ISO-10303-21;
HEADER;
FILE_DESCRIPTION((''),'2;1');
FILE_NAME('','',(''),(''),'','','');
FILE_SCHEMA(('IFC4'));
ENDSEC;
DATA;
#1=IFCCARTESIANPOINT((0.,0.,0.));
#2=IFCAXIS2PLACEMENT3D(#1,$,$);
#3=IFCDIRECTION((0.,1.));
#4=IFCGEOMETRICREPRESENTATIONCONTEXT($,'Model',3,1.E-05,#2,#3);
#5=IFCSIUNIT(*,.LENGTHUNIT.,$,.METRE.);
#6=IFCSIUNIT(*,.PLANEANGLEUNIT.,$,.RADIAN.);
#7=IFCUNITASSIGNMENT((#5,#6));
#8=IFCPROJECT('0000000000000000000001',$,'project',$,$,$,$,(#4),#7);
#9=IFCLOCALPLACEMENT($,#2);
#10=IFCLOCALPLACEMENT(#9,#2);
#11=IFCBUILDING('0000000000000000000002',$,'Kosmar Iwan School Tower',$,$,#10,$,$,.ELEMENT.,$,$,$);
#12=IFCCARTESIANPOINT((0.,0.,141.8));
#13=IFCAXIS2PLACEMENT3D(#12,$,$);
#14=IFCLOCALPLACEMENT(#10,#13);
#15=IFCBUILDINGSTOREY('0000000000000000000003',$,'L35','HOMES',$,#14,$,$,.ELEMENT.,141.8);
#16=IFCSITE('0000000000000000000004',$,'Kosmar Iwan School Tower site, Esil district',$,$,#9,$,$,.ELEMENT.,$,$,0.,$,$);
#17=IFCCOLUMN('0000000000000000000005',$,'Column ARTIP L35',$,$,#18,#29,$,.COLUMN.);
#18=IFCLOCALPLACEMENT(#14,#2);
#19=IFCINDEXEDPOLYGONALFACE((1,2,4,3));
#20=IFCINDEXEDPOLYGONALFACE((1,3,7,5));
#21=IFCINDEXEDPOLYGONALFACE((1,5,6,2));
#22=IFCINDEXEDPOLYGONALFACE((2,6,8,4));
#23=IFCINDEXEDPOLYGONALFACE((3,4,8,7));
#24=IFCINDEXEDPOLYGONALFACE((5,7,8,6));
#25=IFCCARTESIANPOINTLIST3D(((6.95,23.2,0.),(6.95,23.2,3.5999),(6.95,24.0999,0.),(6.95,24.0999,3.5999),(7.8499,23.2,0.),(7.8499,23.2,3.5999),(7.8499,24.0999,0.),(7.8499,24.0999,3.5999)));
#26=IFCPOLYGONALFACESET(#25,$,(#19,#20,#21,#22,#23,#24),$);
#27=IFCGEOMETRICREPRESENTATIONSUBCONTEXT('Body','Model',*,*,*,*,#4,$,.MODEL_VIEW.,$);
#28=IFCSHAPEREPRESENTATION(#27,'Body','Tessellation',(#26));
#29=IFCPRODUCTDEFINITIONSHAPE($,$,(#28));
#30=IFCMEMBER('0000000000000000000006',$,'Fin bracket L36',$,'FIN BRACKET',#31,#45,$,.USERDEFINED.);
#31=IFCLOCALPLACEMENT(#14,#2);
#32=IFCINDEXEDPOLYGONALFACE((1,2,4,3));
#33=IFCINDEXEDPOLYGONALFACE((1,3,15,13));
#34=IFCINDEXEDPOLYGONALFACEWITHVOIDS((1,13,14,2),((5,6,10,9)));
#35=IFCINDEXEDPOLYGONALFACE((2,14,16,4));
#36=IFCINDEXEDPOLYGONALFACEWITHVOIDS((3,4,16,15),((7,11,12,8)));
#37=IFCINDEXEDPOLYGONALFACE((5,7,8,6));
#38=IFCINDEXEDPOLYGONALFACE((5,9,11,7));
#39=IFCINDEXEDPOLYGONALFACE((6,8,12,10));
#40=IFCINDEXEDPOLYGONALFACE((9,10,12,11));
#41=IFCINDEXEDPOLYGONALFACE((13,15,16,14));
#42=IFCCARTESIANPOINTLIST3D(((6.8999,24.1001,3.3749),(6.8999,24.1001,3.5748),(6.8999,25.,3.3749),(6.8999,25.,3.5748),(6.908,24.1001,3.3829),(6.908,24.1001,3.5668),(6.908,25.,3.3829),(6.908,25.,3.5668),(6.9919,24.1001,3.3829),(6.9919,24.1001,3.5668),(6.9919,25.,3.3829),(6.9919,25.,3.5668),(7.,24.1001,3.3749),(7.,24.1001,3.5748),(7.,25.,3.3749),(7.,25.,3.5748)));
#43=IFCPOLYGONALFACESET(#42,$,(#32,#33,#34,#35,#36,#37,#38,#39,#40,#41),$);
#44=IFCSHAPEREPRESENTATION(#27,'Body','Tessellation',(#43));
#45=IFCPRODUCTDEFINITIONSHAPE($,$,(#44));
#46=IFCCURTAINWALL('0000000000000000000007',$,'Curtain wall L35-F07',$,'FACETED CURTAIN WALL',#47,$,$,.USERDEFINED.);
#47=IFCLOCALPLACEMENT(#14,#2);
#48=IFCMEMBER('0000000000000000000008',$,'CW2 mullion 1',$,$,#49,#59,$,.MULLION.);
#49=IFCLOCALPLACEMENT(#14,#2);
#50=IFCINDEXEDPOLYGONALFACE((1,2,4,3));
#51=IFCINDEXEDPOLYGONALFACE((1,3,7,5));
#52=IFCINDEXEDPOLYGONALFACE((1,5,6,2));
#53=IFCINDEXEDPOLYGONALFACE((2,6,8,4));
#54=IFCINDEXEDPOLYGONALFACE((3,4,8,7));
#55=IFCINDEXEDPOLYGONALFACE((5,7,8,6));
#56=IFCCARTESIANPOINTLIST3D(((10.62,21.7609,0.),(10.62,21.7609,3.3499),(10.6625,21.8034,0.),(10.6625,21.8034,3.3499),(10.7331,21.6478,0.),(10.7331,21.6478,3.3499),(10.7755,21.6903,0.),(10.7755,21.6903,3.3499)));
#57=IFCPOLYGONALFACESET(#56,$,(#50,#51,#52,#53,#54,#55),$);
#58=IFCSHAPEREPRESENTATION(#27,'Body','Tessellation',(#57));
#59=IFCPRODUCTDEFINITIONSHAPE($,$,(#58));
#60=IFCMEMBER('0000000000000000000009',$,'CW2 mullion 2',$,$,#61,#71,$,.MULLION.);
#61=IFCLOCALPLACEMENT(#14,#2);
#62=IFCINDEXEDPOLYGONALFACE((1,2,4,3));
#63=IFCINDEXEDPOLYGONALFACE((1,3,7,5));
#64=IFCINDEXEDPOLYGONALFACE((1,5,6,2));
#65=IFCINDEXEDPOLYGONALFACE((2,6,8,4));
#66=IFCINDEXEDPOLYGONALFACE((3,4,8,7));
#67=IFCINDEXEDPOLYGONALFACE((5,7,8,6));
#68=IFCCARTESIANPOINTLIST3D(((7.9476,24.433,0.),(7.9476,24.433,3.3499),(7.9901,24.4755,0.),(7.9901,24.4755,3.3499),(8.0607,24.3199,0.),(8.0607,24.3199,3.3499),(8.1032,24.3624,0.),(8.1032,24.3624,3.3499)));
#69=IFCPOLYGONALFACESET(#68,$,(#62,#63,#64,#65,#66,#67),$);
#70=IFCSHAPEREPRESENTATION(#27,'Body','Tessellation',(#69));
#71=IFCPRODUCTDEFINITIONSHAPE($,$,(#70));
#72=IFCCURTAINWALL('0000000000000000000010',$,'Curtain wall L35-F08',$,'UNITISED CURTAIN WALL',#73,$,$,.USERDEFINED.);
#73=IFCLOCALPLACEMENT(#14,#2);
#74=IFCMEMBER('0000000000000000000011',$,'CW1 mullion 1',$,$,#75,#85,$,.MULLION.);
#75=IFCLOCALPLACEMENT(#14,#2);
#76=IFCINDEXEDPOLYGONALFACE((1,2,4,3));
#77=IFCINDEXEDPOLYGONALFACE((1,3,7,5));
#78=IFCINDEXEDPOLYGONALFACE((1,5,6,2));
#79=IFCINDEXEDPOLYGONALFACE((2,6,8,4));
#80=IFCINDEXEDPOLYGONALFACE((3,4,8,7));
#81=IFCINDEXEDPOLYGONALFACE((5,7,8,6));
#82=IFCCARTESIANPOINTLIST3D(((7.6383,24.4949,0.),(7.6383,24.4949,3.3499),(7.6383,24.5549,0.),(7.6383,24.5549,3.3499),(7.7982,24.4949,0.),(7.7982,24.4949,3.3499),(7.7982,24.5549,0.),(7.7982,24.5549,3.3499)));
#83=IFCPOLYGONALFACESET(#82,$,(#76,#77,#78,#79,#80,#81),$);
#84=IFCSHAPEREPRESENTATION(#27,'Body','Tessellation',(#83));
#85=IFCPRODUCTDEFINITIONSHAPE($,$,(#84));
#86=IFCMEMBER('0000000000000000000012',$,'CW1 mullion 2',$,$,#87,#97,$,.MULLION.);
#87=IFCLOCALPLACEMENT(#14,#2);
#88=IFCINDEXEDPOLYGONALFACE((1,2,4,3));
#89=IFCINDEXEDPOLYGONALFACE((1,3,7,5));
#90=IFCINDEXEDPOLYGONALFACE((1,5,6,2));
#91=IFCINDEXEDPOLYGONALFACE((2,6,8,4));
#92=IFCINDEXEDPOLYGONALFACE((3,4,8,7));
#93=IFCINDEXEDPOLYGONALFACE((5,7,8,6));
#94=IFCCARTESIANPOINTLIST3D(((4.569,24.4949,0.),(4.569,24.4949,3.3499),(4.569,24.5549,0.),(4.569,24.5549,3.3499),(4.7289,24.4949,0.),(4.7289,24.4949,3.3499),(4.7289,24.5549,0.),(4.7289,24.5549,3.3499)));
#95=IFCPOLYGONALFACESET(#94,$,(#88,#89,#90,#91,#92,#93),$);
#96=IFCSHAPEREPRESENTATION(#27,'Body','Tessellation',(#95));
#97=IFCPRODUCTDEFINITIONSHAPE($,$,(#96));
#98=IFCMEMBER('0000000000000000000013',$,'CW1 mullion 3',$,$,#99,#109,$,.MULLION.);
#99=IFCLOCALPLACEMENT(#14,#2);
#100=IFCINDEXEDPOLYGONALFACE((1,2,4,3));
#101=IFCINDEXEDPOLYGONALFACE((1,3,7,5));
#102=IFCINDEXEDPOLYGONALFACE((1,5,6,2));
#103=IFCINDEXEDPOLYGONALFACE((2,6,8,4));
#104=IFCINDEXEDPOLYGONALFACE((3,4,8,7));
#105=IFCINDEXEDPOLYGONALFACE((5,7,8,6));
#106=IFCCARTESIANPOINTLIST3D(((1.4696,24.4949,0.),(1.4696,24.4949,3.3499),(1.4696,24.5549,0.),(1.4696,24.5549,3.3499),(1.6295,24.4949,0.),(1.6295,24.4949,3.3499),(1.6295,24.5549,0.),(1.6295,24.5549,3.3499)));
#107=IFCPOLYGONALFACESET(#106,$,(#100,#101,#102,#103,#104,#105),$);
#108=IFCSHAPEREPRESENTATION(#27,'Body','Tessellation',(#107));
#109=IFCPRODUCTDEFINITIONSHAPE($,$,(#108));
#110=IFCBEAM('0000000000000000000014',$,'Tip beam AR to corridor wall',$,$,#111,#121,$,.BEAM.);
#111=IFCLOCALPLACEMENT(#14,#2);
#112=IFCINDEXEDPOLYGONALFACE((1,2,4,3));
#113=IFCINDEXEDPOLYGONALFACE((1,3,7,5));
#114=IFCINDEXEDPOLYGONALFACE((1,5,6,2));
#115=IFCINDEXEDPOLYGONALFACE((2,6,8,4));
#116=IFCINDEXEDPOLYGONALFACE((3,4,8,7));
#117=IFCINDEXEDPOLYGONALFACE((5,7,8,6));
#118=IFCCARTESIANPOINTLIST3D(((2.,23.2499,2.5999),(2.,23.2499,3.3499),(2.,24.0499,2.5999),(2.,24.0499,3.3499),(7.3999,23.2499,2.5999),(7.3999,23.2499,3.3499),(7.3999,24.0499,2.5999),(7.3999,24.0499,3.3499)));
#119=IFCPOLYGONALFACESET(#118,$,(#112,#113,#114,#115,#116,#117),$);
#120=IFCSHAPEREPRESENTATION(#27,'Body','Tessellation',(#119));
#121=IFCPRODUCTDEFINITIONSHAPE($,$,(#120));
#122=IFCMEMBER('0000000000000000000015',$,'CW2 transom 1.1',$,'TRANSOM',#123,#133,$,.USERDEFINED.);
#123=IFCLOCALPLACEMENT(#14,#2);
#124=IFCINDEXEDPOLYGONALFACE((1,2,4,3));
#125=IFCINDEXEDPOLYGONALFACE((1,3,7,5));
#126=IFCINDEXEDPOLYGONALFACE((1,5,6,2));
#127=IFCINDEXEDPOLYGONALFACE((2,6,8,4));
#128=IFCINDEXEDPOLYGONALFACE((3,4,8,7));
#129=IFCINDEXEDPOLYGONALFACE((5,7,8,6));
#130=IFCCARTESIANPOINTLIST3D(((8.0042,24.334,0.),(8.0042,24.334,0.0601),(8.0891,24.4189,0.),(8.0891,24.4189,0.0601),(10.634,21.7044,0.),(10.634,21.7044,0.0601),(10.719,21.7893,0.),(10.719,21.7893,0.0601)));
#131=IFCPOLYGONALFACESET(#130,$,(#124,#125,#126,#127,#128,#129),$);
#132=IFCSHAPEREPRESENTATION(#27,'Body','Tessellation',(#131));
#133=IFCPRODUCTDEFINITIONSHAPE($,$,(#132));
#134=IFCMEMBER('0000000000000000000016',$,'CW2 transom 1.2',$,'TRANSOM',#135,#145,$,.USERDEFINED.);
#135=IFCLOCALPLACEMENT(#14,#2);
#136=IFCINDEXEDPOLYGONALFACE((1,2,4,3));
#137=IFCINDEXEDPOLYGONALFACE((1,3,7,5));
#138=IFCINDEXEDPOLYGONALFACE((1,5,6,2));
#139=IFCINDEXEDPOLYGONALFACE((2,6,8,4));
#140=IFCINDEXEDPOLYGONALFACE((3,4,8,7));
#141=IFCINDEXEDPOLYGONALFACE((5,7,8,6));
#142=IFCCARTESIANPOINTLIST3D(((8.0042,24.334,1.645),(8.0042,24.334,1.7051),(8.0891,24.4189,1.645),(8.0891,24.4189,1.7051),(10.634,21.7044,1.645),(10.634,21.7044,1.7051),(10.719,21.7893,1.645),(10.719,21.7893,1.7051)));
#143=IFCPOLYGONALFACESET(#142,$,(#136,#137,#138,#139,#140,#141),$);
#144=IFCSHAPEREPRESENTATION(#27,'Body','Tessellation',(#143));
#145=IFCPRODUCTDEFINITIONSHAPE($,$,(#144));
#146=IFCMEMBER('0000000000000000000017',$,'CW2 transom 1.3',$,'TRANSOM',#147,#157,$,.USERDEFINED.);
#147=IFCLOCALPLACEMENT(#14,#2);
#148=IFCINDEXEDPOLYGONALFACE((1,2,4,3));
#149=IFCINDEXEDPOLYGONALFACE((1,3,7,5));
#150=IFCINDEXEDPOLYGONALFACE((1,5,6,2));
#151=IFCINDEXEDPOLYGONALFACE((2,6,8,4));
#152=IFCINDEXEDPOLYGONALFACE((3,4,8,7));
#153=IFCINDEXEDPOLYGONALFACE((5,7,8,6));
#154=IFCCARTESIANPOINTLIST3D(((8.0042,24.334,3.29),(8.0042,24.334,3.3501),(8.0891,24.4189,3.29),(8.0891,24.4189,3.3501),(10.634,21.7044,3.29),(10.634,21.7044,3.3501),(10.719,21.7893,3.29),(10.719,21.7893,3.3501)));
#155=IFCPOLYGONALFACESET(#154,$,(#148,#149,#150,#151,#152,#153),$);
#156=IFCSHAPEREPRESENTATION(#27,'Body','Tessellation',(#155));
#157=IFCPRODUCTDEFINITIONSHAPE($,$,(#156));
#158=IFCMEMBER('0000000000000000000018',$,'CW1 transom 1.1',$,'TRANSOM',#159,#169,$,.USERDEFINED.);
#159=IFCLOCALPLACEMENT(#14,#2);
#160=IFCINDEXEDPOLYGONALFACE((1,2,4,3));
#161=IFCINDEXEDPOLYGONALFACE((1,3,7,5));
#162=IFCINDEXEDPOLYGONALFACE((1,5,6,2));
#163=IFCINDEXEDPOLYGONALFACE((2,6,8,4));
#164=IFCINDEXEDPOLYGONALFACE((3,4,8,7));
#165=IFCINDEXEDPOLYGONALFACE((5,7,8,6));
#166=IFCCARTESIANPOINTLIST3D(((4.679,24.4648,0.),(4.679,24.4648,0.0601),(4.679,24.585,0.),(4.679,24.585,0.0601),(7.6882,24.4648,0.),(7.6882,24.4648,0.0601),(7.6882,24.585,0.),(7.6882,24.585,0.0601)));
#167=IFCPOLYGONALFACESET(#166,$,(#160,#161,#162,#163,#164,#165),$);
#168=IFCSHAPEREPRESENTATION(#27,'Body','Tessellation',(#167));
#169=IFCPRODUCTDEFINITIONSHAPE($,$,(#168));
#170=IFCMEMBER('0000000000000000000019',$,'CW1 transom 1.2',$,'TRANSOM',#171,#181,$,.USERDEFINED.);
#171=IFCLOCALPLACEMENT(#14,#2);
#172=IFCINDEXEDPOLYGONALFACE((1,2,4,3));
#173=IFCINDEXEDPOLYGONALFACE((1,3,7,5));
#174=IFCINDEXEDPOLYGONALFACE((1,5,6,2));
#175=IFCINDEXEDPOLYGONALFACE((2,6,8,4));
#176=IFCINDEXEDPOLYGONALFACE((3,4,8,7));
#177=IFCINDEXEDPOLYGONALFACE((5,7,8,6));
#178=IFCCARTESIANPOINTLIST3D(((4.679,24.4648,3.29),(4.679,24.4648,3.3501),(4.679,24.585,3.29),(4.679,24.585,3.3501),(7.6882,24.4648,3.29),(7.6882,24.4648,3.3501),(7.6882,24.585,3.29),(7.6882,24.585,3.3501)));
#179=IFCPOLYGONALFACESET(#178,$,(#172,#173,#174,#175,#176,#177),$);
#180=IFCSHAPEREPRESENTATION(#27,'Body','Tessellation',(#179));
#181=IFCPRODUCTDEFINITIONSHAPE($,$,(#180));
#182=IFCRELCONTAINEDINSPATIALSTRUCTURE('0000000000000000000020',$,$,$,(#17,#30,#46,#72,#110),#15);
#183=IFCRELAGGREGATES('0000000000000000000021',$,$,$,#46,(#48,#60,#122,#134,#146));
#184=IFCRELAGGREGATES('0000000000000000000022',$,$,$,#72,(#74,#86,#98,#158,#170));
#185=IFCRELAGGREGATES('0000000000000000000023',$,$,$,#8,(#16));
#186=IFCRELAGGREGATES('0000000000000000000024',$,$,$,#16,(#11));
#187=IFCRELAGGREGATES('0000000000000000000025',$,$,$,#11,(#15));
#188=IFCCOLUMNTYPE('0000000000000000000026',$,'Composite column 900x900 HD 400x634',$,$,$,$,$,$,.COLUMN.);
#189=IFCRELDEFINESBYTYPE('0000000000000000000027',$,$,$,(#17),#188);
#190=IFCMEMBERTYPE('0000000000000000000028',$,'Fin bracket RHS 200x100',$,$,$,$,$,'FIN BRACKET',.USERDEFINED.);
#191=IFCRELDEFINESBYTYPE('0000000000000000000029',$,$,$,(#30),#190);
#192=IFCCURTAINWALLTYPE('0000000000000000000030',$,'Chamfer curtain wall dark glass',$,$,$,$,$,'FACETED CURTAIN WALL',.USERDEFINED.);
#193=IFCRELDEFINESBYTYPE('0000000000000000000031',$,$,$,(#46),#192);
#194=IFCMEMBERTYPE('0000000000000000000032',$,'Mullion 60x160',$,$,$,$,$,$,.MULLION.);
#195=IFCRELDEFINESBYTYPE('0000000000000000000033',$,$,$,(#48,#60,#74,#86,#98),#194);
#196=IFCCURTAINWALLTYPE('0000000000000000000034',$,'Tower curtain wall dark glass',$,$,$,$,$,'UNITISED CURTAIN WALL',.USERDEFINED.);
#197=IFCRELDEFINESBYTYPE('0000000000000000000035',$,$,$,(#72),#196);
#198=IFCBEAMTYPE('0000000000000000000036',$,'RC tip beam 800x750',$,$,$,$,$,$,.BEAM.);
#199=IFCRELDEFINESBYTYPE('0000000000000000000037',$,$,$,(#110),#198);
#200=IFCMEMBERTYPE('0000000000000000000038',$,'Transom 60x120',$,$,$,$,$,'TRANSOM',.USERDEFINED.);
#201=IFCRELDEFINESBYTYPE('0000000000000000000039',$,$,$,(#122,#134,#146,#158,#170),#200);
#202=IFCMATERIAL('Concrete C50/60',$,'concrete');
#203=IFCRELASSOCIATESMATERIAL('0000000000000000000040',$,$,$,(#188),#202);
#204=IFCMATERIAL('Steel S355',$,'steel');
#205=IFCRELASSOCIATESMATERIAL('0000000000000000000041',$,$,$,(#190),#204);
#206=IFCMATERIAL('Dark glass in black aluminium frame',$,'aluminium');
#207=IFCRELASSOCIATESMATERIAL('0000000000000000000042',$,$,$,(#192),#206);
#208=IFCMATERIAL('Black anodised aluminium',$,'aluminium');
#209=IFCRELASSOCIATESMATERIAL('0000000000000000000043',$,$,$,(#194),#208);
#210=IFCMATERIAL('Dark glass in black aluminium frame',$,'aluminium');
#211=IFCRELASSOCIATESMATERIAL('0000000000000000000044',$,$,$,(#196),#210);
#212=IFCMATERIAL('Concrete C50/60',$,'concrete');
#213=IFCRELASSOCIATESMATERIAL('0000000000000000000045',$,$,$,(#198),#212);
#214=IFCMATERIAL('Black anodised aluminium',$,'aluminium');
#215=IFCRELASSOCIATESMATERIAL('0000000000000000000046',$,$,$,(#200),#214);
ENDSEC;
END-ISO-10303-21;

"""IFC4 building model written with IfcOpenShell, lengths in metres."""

from ifc_helpers import new_model, si_unit, direction, frame, origin, origin_2d, place, context, subcontext, project, spatial, rectangle, hollow_rectangle, extrude, material, material_profile, profile_set, type_object, element, aggregate, save


model = new_model("IFC4")

# Units and contexts
model_context = context("Model", 3, precision=1e-05, world=origin(), true_north=direction((0.0, 1.0)))
body_context = subcontext(model_context, "Body", "Model", "MODEL_VIEW")
ifc_project = project(units=[si_unit("LENGTHUNIT", "METRE"), si_unit("PLANEANGLEUNIT", "RADIAN")], contexts=[model_context])

# Site, building, storey
site_placement = place(None, origin())
site = spatial("IfcSite", under=ifc_project, at=site_placement, Name="Kosmar Iwan School Tower site, Esil district", CompositionType="ELEMENT", RefElevation=0.0)
building_placement = place(site_placement, origin())
building = spatial("IfcBuilding", under=site, at=building_placement, Name="Kosmar Iwan School Tower", CompositionType="ELEMENT")
storey_placement = place(building_placement, frame((0.0, 0.0, 141.8)))
storey = spatial("IfcBuildingStorey", under=building, at=storey_placement, Name="L35", Description="HOMES", CompositionType="ELEMENT", Elevation=141.8)

# Column
ifc_material_1 = material(Name="Concrete C50/60", Category="concrete")
ifc_material_profile_1 = material_profile(ifc_material_1, rectangle(XDim=0.8999, YDim=0.8999, at=origin_2d()), Name="RC 900x900 + HD 400x634")
ifc_profile_set_1 = profile_set([ifc_material_profile_1], Name="Concrete C50/60")
column_type = type_object("IfcColumnType", Name="Composite column 900x900 HD 400x634", PredefinedType="COLUMN", material=ifc_profile_set_1)
column_placement = place(storey_placement, frame((7.3999, 23.6499, 0.0), z_axis=(0.0, 0.0, 1.0), x_axis=(0.0, 1.0, 0.0)))
element("IfcColumn", 1, at=column_placement, inside=storey, type_object=column_type, Name="Column ARTIP L35", PredefinedType="COLUMN", context=body_context, shape_type="SweptSolid", body=[
    extrude(rectangle(XDim=0.8999, YDim=0.8999, at=origin_2d()), origin(), (0.0, 0.0, 1.0), 3.5999),
])

# Member
ifc_material_2 = material(Name="Steel S355", Category="steel")
ifc_material_profile_2 = material_profile(ifc_material_2, hollow_rectangle(XDim=0.1001, YDim=0.2, WallThickness=0.0081, at=origin_2d()), Name="RHS 200x100x8")
ifc_profile_set_2 = profile_set([ifc_material_profile_2], Name="Steel S355")
member_type_1 = type_object("IfcMemberType", Name="Fin bracket RHS 200x100", ElementType="FIN BRACKET", PredefinedType="USERDEFINED", material=ifc_profile_set_2)
member_1_placement = place(storey_placement, frame((6.95, 24.1001, 3.4749), z_axis=(0.0, 1.0, 0.0), x_axis=(-1.0, 0.0, 0.0)))
element("IfcMember", 2, at=member_1_placement, inside=storey, type_object=member_type_1, Name="Fin bracket L36", ObjectType="FIN BRACKET", PredefinedType="USERDEFINED", context=body_context, shape_type="SweptSolid", body=[
    extrude(hollow_rectangle(XDim=0.1001, YDim=0.2, WallThickness=0.0081, at=origin_2d()), origin(), (0.0, 0.0, 1.0), 0.8999),
])

# Curtain walls, members
ifc_material_3 = material(Name="Dark glass in black aluminium frame", Category="aluminium")
curtain_wall_type_1 = type_object("IfcCurtainWallType", Name="Chamfer curtain wall dark glass", ElementType="FACETED CURTAIN WALL", PredefinedType="USERDEFINED", material=ifc_material_3)
curtain_wall_1_placement = place(storey_placement, origin())
curtain_wall_1 = element("IfcCurtainWall", 3, at=curtain_wall_1_placement, inside=storey, type_object=curtain_wall_type_1, Name="Curtain wall L35-F07", ObjectType="FACETED CURTAIN WALL", PredefinedType="USERDEFINED")
ifc_material_4 = material(Name="Black anodised aluminium", Category="aluminium")
ifc_material_profile_3 = material_profile(ifc_material_4, rectangle(XDim=0.0601, YDim=0.1599, at=origin_2d()), Name="MULLION 60x160")
ifc_profile_set_3 = profile_set([ifc_material_profile_3], Name="Black anodised aluminium")
member_type_2 = type_object("IfcMemberType", Name="Mullion 60x160", PredefinedType="MULLION", material=ifc_profile_set_3)
member_2_placement = place(storey_placement, frame((10.6978, 21.7256, 0.0), z_axis=(0.0, 0.0, 1.0), x_axis=(-0.707107, -0.707107, 0.0)))
member_2 = element("IfcMember", 4, at=member_2_placement, type_object=member_type_2, Name="CW2 mullion 1", PredefinedType="MULLION", context=body_context, shape_type="SweptSolid", body=[
    extrude(rectangle(XDim=0.0601, YDim=0.1599, at=origin_2d()), origin(), (0.0, 0.0, 1.0), 3.3499),
])
member_3_placement = place(storey_placement, frame((8.0254, 24.3977, 0.0), z_axis=(0.0, 0.0, 1.0), x_axis=(-0.707107, -0.707107, 0.0)))
member_3 = element("IfcMember", 5, at=member_3_placement, type_object=member_type_2, Name="CW2 mullion 2", PredefinedType="MULLION", context=body_context, shape_type="SweptSolid", body=[
    extrude(rectangle(XDim=0.0601, YDim=0.1599, at=origin_2d()), origin(), (0.0, 0.0, 1.0), 3.3499),
])
ifc_material_5 = material(Name="Dark glass in black aluminium frame", Category="aluminium")
curtain_wall_type_2 = type_object("IfcCurtainWallType", Name="Tower curtain wall dark glass", ElementType="UNITISED CURTAIN WALL", PredefinedType="USERDEFINED", material=ifc_material_5)
curtain_wall_2_placement = place(storey_placement, origin())
curtain_wall_2 = element("IfcCurtainWall", 6, at=curtain_wall_2_placement, inside=storey, type_object=curtain_wall_type_2, Name="Curtain wall L35-F08", ObjectType="UNITISED CURTAIN WALL", PredefinedType="USERDEFINED")
member_4_placement = place(storey_placement, frame((7.7183, 24.5249, 0.0), z_axis=(0.0, 0.0, 1.0), x_axis=(0.0, -1.0, 0.0)))
member_4 = element("IfcMember", 7, at=member_4_placement, type_object=member_type_2, Name="CW1 mullion 1", PredefinedType="MULLION", context=body_context, shape_type="SweptSolid", body=[
    extrude(rectangle(XDim=0.0601, YDim=0.1599, at=origin_2d()), origin(), (0.0, 0.0, 1.0), 3.3499),
])
member_5_placement = place(storey_placement, frame((4.6489, 24.5249, 0.0), z_axis=(0.0, 0.0, 1.0), x_axis=(0.0, -1.0, 0.0)))
member_5 = element("IfcMember", 8, at=member_5_placement, type_object=member_type_2, Name="CW1 mullion 2", PredefinedType="MULLION", context=body_context, shape_type="SweptSolid", body=[
    extrude(rectangle(XDim=0.0601, YDim=0.1599, at=origin_2d()), origin(), (0.0, 0.0, 1.0), 3.3499),
])
member_6_placement = place(storey_placement, frame((1.5496, 24.5249, 0.0), z_axis=(0.0, 0.0, 1.0), x_axis=(0.0, -1.0, 0.0)))
member_6 = element("IfcMember", 9, at=member_6_placement, type_object=member_type_2, Name="CW1 mullion 3", PredefinedType="MULLION", context=body_context, shape_type="SweptSolid", body=[
    extrude(rectangle(XDim=0.0601, YDim=0.1599, at=origin_2d()), origin(), (0.0, 0.0, 1.0), 3.3499),
])

# Beam
ifc_material_6 = material(Name="Concrete C50/60", Category="concrete")
ifc_material_profile_4 = material_profile(ifc_material_6, rectangle(XDim=0.8, YDim=0.75, at=origin_2d()), Name="RC 800x750")
ifc_profile_set_4 = profile_set([ifc_material_profile_4], Name="Concrete C50/60")
beam_type = type_object("IfcBeamType", Name="RC tip beam 800x750", PredefinedType="BEAM", material=ifc_profile_set_4)
beam_placement = place(storey_placement, frame((7.3999, 23.6499, 2.9749), z_axis=(-1.0, 0.0, 0.0), x_axis=(0.0, -1.0, 0.0)))
element("IfcBeam", 10, at=beam_placement, inside=storey, type_object=beam_type, Name="Tip beam AR to corridor wall", PredefinedType="BEAM", context=body_context, shape_type="SweptSolid", body=[
    extrude(rectangle(XDim=0.8, YDim=0.75, at=origin_2d()), origin(), (0.0, 0.0, 1.0), 5.3999),
])

# Members
ifc_material_7 = material(Name="Black anodised aluminium", Category="aluminium")
ifc_material_profile_5 = material_profile(ifc_material_7, rectangle(XDim=0.1201, YDim=0.0601, at=origin_2d()), Name="TRANSOM 60x120")
ifc_profile_set_5 = profile_set([ifc_material_profile_5], Name="Black anodised aluminium")
member_type_3 = type_object("IfcMemberType", Name="Transom 60x120", ElementType="TRANSOM", PredefinedType="USERDEFINED", material=ifc_profile_set_5)
member_7_placement = place(storey_placement, frame((10.6765, 21.7468, 0.03), z_axis=(-0.70714, 0.707074, 0.0), x_axis=(-0.707074, -0.70714, 0.0)))
member_7 = element("IfcMember", 11, at=member_7_placement, type_object=member_type_3, Name="CW2 transom 1.1", ObjectType="TRANSOM", PredefinedType="USERDEFINED", context=body_context, shape_type="SweptSolid", body=[
    extrude(rectangle(XDim=0.1201, YDim=0.0601, at=origin_2d()), origin(), (0.0, 0.0, 1.0), 3.719),
])
member_8_placement = place(storey_placement, frame((10.6765, 21.7468, 1.675), z_axis=(-0.70714, 0.707074, 0.0), x_axis=(-0.707074, -0.70714, 0.0)))
member_8 = element("IfcMember", 12, at=member_8_placement, type_object=member_type_3, Name="CW2 transom 1.2", ObjectType="TRANSOM", PredefinedType="USERDEFINED", context=body_context, shape_type="SweptSolid", body=[
    extrude(rectangle(XDim=0.1201, YDim=0.0601, at=origin_2d()), origin(), (0.0, 0.0, 1.0), 3.719),
])
member_9_placement = place(storey_placement, frame((10.6765, 21.7468, 3.3201), z_axis=(-0.70714, 0.707074, 0.0), x_axis=(-0.707074, -0.70714, 0.0)))
member_9 = element("IfcMember", 13, at=member_9_placement, type_object=member_type_3, Name="CW2 transom 1.3", ObjectType="TRANSOM", PredefinedType="USERDEFINED", context=body_context, shape_type="SweptSolid", body=[
    extrude(rectangle(XDim=0.1201, YDim=0.0601, at=origin_2d()), origin(), (0.0, 0.0, 1.0), 3.719),
])
member_10_placement = place(storey_placement, frame((7.6882, 24.5249, 0.03), z_axis=(-1.0, 0.0, 0.0), x_axis=(0.0, -1.0, 0.0)))
member_10 = element("IfcMember", 14, at=member_10_placement, type_object=member_type_3, Name="CW1 transom 1.1", ObjectType="TRANSOM", PredefinedType="USERDEFINED", context=body_context, shape_type="SweptSolid", body=[
    extrude(rectangle(XDim=0.1201, YDim=0.0601, at=origin_2d()), origin(), (0.0, 0.0, 1.0), 3.0093),
])
member_11_placement = place(storey_placement, frame((7.6882, 24.5249, 3.3201), z_axis=(-1.0, 0.0, 0.0), x_axis=(0.0, -1.0, 0.0)))
member_11 = element("IfcMember", 15, at=member_11_placement, type_object=member_type_3, Name="CW1 transom 1.2", ObjectType="TRANSOM", PredefinedType="USERDEFINED", context=body_context, shape_type="SweptSolid", body=[
    extrude(rectangle(XDim=0.1201, YDim=0.0601, at=origin_2d()), origin(), (0.0, 0.0, 1.0), 3.0093),
])

aggregate(curtain_wall_1, [member_2, member_3, member_7, member_8, member_9])
aggregate(curtain_wall_2, [member_4, member_5, member_6, member_10, member_11])

save(model, "model.ifc")
